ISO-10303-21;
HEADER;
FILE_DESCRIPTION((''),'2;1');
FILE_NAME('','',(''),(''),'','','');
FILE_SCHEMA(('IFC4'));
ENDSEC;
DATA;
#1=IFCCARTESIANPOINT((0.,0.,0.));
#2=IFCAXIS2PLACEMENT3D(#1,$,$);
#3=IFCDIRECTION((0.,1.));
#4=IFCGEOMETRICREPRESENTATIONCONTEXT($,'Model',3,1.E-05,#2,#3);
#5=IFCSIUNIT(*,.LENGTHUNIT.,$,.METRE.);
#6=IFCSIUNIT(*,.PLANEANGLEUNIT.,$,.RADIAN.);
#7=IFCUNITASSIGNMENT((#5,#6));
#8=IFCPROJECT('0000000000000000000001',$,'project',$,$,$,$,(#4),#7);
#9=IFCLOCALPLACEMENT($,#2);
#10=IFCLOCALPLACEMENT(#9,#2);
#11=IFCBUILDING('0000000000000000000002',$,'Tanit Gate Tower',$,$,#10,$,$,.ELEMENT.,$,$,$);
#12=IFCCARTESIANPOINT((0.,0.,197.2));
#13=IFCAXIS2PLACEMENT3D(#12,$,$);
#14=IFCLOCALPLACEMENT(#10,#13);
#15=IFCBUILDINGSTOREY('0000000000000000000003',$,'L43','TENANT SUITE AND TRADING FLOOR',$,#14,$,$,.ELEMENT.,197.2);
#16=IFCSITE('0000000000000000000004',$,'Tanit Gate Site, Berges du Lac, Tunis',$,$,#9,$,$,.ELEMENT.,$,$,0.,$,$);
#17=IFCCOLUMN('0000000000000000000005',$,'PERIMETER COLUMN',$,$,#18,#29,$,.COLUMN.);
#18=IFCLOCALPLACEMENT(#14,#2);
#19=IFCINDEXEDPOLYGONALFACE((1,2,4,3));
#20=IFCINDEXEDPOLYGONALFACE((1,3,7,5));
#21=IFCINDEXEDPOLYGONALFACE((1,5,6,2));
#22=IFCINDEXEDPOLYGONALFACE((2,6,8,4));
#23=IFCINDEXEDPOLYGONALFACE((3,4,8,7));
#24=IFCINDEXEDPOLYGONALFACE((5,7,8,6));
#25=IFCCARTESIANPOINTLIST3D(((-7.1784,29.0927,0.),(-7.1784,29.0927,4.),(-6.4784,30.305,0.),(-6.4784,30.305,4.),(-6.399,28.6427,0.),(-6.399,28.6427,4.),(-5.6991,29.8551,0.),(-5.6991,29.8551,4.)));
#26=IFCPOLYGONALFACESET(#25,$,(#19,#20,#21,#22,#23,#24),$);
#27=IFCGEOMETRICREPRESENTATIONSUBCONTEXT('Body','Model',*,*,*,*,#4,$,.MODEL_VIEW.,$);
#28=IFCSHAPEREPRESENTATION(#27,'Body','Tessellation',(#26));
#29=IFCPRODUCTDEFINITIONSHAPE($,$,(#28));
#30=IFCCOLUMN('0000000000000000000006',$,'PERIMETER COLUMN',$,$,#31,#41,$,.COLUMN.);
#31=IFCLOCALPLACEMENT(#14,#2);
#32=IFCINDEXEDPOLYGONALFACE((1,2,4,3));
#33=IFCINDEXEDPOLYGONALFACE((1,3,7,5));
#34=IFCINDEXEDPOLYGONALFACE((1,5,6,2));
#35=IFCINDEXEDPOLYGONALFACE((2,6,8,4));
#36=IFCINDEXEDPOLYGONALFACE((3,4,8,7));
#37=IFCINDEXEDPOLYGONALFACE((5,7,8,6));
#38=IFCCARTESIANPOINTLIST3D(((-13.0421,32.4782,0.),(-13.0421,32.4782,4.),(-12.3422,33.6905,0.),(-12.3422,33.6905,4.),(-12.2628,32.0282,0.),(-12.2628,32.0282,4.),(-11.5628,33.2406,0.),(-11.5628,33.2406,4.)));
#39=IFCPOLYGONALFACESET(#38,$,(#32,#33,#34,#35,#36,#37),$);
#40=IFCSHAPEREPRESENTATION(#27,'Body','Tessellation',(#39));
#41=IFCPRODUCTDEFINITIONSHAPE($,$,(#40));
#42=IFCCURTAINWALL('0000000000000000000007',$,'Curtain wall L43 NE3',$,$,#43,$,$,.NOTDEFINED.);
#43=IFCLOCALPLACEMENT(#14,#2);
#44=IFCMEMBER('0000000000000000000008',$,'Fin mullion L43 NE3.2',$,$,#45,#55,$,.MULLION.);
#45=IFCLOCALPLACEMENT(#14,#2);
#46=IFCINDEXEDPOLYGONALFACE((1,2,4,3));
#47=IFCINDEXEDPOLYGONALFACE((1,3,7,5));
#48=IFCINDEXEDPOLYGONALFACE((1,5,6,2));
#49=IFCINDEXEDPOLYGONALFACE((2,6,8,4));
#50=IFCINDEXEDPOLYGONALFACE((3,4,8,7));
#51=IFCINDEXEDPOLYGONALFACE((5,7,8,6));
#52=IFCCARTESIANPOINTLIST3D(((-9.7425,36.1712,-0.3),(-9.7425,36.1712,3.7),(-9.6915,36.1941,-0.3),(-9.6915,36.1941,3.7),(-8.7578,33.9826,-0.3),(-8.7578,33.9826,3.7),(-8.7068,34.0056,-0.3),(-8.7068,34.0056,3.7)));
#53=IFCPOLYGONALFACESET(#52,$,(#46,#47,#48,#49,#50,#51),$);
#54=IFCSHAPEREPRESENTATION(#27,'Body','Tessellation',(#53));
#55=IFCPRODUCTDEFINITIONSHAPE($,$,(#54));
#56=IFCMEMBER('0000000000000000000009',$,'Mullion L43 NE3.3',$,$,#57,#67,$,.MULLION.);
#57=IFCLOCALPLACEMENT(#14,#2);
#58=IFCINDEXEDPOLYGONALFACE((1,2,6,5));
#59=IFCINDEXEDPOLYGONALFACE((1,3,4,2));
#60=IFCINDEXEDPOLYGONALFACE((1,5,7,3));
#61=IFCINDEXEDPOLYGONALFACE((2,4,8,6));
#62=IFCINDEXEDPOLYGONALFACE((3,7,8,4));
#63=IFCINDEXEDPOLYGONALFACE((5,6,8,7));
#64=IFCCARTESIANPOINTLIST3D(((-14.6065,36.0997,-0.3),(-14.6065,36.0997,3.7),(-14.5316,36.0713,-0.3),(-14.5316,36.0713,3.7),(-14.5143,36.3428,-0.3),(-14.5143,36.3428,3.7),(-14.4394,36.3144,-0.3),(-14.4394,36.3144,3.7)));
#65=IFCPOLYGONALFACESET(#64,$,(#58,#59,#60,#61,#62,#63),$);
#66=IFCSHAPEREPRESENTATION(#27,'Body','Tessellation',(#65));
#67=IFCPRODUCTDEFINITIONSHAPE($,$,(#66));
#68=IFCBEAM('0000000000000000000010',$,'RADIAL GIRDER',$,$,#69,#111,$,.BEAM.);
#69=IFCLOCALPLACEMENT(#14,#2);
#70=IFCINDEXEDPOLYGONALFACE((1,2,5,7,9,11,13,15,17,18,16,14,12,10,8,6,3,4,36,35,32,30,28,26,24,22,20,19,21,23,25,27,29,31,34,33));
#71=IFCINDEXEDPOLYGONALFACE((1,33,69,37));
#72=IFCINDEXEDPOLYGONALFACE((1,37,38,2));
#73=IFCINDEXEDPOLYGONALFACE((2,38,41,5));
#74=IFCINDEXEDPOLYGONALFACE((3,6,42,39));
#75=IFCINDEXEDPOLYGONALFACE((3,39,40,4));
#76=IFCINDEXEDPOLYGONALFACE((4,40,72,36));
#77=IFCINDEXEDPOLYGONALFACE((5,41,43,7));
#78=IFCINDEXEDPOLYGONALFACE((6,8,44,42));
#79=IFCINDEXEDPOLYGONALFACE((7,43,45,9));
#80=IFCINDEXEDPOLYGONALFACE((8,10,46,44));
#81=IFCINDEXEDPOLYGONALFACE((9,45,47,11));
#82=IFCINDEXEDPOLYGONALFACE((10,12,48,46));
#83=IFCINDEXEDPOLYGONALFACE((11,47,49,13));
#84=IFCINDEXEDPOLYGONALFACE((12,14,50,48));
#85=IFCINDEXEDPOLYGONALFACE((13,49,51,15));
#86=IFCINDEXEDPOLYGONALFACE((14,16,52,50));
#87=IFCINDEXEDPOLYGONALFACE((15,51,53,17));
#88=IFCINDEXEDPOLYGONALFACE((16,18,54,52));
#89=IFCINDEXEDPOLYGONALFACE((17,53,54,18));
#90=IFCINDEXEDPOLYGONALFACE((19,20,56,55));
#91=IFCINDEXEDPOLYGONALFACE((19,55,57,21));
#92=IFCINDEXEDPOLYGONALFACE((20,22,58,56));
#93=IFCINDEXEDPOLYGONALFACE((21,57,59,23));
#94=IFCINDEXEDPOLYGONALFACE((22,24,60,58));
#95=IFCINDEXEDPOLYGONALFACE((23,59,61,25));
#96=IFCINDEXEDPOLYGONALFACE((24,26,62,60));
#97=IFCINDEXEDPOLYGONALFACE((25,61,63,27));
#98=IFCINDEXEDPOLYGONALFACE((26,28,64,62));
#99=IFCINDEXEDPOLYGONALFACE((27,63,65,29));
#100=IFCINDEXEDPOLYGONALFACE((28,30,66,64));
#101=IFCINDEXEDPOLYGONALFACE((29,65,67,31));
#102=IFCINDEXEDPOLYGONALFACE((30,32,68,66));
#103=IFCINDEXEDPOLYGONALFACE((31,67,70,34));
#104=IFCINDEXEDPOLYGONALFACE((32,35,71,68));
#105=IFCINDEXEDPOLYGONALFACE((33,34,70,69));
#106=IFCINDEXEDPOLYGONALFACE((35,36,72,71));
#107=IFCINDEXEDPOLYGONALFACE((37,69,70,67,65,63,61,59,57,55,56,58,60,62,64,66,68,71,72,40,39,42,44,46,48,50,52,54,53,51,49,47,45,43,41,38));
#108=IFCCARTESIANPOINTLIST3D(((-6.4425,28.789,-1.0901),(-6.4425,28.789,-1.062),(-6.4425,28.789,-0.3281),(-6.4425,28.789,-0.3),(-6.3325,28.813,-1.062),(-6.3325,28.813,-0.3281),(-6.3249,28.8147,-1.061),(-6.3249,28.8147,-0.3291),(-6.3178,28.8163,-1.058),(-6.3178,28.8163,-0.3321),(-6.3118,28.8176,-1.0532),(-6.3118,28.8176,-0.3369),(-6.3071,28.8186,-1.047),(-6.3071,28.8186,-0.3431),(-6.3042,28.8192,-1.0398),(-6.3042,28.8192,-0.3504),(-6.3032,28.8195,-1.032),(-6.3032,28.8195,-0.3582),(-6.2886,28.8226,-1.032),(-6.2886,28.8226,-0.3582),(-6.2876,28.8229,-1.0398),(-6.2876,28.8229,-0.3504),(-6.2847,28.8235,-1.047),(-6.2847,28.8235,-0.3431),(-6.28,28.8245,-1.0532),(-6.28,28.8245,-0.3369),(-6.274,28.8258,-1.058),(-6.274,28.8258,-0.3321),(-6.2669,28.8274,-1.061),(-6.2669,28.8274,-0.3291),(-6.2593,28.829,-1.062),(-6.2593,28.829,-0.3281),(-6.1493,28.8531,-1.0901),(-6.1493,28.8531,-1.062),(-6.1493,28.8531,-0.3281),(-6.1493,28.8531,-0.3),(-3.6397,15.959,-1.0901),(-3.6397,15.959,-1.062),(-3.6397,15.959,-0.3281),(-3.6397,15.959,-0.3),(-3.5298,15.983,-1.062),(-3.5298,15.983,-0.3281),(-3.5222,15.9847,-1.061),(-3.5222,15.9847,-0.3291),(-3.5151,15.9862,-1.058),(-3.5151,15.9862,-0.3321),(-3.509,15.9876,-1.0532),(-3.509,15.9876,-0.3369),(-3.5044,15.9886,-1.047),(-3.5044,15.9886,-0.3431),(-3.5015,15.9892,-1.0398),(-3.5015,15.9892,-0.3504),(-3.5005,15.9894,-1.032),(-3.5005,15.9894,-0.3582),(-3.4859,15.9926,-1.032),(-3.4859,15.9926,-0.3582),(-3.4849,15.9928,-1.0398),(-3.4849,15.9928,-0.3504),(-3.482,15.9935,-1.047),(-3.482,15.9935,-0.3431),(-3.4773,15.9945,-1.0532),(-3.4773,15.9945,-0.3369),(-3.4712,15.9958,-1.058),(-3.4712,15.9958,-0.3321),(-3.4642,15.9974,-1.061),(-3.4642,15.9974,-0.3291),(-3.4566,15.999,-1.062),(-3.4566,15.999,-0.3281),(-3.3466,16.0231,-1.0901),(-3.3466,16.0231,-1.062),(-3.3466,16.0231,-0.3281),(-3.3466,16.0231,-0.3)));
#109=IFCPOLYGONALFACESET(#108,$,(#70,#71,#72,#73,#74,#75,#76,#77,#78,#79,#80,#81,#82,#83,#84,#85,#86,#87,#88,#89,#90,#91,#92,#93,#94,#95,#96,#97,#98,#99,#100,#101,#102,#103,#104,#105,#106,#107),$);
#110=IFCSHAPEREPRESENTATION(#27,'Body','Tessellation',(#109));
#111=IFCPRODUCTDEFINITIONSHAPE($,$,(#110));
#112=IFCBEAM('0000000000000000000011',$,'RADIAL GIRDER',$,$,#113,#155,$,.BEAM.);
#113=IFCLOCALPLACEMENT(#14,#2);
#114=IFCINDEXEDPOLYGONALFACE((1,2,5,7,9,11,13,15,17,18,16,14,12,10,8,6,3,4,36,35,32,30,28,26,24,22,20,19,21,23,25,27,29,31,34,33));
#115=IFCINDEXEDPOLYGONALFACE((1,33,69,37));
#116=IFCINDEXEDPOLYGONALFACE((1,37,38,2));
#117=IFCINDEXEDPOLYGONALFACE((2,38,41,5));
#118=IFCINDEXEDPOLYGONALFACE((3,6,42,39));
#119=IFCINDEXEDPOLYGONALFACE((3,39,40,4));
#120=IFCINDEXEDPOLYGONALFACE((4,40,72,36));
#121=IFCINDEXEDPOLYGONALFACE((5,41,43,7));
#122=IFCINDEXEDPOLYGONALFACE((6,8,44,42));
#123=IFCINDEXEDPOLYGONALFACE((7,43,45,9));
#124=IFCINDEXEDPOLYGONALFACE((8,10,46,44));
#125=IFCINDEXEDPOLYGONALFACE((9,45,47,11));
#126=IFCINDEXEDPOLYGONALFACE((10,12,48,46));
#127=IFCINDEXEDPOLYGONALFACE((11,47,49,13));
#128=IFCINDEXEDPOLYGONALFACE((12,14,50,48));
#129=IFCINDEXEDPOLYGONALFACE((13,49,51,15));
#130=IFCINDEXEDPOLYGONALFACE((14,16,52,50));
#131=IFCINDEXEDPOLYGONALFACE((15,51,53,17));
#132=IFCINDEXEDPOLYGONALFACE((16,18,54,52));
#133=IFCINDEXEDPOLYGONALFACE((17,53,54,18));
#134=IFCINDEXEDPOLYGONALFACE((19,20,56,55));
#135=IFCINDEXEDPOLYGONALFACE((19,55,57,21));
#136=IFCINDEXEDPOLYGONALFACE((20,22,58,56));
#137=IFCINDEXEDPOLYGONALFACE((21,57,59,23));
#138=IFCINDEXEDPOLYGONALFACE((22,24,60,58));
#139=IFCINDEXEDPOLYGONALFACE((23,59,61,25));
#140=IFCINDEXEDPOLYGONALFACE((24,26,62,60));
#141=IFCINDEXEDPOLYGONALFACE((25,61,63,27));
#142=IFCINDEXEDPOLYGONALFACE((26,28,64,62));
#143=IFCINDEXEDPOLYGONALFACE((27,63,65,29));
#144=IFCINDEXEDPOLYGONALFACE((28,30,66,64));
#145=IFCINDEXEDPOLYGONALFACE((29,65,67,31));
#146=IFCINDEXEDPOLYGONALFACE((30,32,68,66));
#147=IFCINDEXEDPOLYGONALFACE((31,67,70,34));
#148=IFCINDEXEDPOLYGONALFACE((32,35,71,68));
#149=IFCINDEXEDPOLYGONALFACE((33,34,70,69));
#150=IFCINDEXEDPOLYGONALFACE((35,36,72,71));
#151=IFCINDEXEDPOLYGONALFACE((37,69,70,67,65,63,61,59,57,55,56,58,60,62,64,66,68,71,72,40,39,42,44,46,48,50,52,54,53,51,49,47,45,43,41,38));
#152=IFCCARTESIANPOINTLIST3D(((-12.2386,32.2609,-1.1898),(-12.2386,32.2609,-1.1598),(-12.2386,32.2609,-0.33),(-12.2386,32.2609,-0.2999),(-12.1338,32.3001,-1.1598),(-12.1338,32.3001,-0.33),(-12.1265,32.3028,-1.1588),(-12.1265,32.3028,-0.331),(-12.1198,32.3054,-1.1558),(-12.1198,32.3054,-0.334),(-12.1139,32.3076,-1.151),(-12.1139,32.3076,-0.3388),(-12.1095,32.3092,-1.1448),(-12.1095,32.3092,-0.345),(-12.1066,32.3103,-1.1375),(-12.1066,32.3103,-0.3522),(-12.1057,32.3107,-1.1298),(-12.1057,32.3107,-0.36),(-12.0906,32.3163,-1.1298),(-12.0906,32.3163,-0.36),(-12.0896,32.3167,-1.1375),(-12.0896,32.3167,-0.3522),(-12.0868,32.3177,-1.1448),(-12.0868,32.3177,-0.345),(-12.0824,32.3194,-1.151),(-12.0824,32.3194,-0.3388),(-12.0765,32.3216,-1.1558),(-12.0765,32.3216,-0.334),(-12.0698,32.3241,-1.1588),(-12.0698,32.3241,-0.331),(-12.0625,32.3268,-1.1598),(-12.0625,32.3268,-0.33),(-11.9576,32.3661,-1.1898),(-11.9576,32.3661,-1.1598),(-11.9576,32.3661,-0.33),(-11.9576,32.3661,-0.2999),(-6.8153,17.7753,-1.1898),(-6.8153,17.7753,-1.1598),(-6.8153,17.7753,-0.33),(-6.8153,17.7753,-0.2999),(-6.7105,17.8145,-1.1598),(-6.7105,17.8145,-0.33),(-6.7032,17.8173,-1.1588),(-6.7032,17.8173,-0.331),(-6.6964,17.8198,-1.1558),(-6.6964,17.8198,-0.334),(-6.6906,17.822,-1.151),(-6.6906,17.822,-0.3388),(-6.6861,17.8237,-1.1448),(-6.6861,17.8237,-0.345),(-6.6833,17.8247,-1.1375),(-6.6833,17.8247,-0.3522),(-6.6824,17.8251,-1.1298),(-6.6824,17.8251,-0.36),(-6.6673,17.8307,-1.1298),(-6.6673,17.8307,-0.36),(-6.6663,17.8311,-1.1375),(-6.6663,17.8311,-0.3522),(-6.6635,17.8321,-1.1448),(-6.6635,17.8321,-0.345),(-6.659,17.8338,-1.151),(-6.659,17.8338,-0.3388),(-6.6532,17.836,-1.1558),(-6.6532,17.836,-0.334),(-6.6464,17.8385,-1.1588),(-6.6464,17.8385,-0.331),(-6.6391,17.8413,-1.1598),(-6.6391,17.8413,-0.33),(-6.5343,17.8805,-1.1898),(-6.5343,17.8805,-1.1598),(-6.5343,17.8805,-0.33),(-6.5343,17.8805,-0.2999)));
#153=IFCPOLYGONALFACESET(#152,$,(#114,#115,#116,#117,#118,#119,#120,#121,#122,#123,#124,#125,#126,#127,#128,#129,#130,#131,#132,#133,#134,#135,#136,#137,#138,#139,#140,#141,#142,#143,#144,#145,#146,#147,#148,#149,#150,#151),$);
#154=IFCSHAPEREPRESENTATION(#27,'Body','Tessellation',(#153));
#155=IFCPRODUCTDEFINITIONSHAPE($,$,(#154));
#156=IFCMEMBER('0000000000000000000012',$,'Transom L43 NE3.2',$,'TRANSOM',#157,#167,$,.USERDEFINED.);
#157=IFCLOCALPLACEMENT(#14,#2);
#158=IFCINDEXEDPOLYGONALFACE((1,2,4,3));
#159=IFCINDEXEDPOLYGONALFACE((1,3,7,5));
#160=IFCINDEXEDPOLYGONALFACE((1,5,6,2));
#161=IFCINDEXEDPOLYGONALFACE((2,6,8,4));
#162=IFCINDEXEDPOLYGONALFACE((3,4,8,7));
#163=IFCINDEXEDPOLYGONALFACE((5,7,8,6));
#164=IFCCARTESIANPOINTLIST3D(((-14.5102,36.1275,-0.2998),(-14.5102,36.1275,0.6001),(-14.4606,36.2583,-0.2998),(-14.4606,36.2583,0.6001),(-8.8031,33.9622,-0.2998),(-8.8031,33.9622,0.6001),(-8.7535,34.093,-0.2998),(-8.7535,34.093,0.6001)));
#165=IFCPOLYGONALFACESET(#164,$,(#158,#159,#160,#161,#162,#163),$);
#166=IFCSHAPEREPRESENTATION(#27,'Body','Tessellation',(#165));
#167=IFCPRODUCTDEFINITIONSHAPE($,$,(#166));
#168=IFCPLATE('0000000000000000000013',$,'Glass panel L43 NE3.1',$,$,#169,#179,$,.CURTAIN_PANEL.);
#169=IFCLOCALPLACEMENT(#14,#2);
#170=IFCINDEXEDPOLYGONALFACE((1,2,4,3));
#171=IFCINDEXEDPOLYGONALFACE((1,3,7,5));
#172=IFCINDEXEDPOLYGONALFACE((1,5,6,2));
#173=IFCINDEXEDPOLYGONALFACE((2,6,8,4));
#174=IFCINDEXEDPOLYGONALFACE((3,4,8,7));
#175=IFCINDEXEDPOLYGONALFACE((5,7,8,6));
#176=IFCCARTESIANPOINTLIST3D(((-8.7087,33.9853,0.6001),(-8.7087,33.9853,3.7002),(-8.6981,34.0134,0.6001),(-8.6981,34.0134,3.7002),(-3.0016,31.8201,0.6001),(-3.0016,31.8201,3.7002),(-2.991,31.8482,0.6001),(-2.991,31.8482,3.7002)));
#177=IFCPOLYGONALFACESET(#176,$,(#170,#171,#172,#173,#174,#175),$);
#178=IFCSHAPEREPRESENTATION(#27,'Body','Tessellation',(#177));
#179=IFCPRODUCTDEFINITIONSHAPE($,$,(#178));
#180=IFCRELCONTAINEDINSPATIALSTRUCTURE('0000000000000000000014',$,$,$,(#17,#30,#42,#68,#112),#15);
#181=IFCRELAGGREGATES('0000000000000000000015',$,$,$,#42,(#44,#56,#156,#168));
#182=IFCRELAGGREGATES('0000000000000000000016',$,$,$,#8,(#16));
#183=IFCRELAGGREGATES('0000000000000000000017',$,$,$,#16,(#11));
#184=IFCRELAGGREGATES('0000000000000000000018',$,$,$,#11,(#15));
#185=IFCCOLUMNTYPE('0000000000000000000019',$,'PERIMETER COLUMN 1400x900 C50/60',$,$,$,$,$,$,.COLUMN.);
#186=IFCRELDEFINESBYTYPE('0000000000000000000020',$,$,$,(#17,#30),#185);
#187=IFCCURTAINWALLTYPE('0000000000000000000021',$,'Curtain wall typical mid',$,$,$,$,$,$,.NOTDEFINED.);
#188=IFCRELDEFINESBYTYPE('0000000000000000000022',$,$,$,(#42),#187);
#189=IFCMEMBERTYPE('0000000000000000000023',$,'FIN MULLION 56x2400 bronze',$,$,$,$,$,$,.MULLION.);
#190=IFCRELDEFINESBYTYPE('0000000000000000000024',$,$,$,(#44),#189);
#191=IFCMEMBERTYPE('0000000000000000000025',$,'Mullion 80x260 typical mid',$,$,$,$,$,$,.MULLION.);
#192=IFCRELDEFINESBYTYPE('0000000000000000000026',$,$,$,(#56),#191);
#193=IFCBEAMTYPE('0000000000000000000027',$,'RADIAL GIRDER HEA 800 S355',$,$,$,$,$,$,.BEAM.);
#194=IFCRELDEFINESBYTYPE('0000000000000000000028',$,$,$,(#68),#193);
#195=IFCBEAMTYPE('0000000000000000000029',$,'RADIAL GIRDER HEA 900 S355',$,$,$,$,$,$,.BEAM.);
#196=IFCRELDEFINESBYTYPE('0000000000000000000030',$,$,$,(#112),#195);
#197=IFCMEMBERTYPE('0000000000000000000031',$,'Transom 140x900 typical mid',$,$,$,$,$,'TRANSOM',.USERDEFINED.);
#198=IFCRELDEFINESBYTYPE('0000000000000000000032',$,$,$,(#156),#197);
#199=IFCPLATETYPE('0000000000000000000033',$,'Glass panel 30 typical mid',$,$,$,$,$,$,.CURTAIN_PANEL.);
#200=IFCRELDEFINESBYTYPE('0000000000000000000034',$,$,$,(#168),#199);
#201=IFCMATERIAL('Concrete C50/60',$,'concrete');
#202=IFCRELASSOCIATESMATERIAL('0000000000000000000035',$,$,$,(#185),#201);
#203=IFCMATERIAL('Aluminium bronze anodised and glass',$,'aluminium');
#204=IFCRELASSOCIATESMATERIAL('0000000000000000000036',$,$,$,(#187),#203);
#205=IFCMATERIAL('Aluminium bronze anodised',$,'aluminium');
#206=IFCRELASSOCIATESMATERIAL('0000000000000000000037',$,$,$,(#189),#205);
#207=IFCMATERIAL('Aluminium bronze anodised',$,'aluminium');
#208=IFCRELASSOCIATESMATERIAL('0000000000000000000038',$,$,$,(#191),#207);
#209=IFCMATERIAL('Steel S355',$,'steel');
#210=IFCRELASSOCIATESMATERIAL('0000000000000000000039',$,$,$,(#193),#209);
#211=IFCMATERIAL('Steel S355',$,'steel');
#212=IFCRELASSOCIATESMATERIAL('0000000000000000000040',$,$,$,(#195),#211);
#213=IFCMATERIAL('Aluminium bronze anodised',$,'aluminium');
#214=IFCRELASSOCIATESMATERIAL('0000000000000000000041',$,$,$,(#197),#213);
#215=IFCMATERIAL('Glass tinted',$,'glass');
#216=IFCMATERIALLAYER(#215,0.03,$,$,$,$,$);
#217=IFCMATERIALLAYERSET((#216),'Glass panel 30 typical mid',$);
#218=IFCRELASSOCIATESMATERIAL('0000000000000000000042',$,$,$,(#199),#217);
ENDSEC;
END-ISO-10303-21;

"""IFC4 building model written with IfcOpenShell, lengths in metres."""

from ifc_helpers import new_model, si_unit, direction, frame, origin, origin_2d, place, context, subcontext, project, spatial, rectangle, i_section, extrude, material, layer, layer_set, material_profile, profile_set, type_object, element, aggregate, save


model = new_model("IFC4")

# Units and contexts
model_context = context("Model", 3, precision=1e-05, world=origin(), true_north=direction((0.0, 1.0)))
body_context = subcontext(model_context, "Body", "Model", "MODEL_VIEW")
ifc_project = project(units=[si_unit("LENGTHUNIT", "METRE"), si_unit("PLANEANGLEUNIT", "RADIAN")], contexts=[model_context])

# Site, building, storey
site_placement = place(None, origin())
site = spatial("IfcSite", under=ifc_project, at=site_placement, Name="Tanit Gate Site, Berges du Lac, Tunis", CompositionType="ELEMENT", RefElevation=0.0)
building_placement = place(site_placement, origin())
building = spatial("IfcBuilding", under=site, at=building_placement, Name="Tanit Gate Tower", CompositionType="ELEMENT")
storey_placement = place(building_placement, frame((0.0, 0.0, 197.2)))
storey = spatial("IfcBuildingStorey", under=building, at=storey_placement, Name="L43", Description="TENANT SUITE AND TRADING FLOOR", CompositionType="ELEMENT", Elevation=197.2)

# Columns
ifc_material_1 = material(Name="Concrete C50/60", Category="concrete")
ifc_material_profile_1 = material_profile(ifc_material_1, rectangle(XDim=1.3999, YDim=0.8999, at=origin_2d()), Name="RC 1400x900")
ifc_profile_set_1 = profile_set([ifc_material_profile_1], Name="Concrete C50/60")
column_type = type_object("IfcColumnType", Name="PERIMETER COLUMN 1400x900 C50/60", PredefinedType="COLUMN", material=ifc_profile_set_1)
for number, where, z_axis, x_axis, name in (
    (1, (-6.4387, 29.4739, 0.0), (0.0, 0.0, 1.0), (0.5, 0.866025, 0.0), "PERIMETER COLUMN"),
    (2, (-12.3025, 32.8594, 0.0), (0.0, 0.0, 1.0), (0.5, 0.866025, 0.0), "PERIMETER COLUMN"),
):
    element("IfcColumn", number, at=place(storey_placement, frame(where, z_axis=z_axis, x_axis=x_axis)), inside=storey, type_object=column_type, Name=name, PredefinedType="COLUMN", context=body_context, shape_type="SweptSolid", body=[
        extrude(rectangle(XDim=1.3999, YDim=0.8999, at=origin_2d()), origin(), (0.0, 0.0, 1.0), 4.0),
    ])

# Curtain wall, members
ifc_material_2 = material(Name="Aluminium bronze anodised and glass", Category="aluminium")
curtain_wall_type = type_object("IfcCurtainWallType", Name="Curtain wall typical mid", PredefinedType="NOTDEFINED", material=ifc_material_2)
curtain_wall_placement = place(storey_placement, origin())
curtain_wall = element("IfcCurtainWall", 3, at=curtain_wall_placement, inside=storey, type_object=curtain_wall_type, Name="Curtain wall L43 NE3", PredefinedType="NOTDEFINED")
ifc_material_3 = material(Name="Aluminium bronze anodised", Category="aluminium")
ifc_material_profile_2 = material_profile(ifc_material_3, rectangle(XDim=2.3999, YDim=0.0559, at=origin_2d()), Name="56x2400 bronze fin mullion")
ifc_profile_set_2 = profile_set([ifc_material_profile_2], Name="Aluminium bronze anodised")
member_type_1 = type_object("IfcMemberType", Name="FIN MULLION 56x2400 bronze", PredefinedType="MULLION", material=ifc_profile_set_2)
member_1_placement = place(storey_placement, frame((-9.2246, 35.0884, -0.3), z_axis=(0.0, 0.0, 1.0), x_axis=(0.41031, -0.911946, 0.0)))
member_1 = element("IfcMember", 4, at=member_1_placement, type_object=member_type_1, Name="Fin mullion L43 NE3.2", PredefinedType="MULLION", context=body_context, shape_type="SweptSolid", body=[
    extrude(rectangle(XDim=2.3999, YDim=0.0559, at=origin_2d()), origin(), (0.0, 0.0, 1.0), 4.0),
])
ifc_material_4 = material(Name="Aluminium bronze anodised", Category="aluminium")
ifc_material_profile_3 = material_profile(ifc_material_4, rectangle(XDim=0.26, YDim=0.0801, at=origin_2d()), Name="80x260 bronze mullion")
ifc_profile_set_3 = profile_set([ifc_material_profile_3], Name="Aluminium bronze anodised")
member_type_2 = type_object("IfcMemberType", Name="Mullion 80x260 typical mid", PredefinedType="MULLION", material=ifc_profile_set_3)
member_2_placement = place(storey_placement, frame((-14.5229, 36.207, -0.3), z_axis=(0.0, 0.0, 1.0), x_axis=(-0.35471, -0.934976, 0.0)))
member_2 = element("IfcMember", 5, at=member_2_placement, type_object=member_type_2, Name="Mullion L43 NE3.3", PredefinedType="MULLION", context=body_context, shape_type="SweptSolid", body=[
    extrude(rectangle(XDim=0.26, YDim=0.0801, at=origin_2d()), origin(), (0.0, 0.0, 1.0), 4.0),
])

# Beams
ifc_material_5 = material(Name="Steel S355", Category="steel")
ifc_material_profile_4 = material_profile(ifc_material_5, i_section(OverallWidth=0.3, OverallDepth=0.79, WebThickness=0.0149, FlangeThickness=0.0281, FilletRadius=0.03, at=origin_2d()), Name="HEA 800")
ifc_profile_set_4 = profile_set([ifc_material_profile_4], Name="Steel S355")
beam_type_1 = type_object("IfcBeamType", Name="RADIAL GIRDER HEA 800 S355", PredefinedType="BEAM", material=ifc_profile_set_4)
beam_1_placement = place(storey_placement, frame((-6.2959, 28.821, -0.6951), z_axis=(0.213417, -0.976961, 0.0), x_axis=(0.976961, 0.213417, 0.0)))
element("IfcBeam", 6, at=beam_1_placement, inside=storey, type_object=beam_type_1, Name="RADIAL GIRDER", PredefinedType="BEAM", context=body_context, shape_type="SweptSolid", body=[
    extrude(i_section(OverallWidth=0.3, OverallDepth=0.79, WebThickness=0.0149, FlangeThickness=0.0281, FilletRadius=0.03, at=origin_2d()), origin(), (0.0, 0.0, 1.0), 13.1326),
])
ifc_material_6 = material(Name="Steel S355", Category="steel")
ifc_material_profile_5 = material_profile(ifc_material_6, i_section(OverallWidth=0.3, OverallDepth=0.8899, WebThickness=0.0161, FlangeThickness=0.03, FilletRadius=0.03, at=origin_2d()), Name="HEA 900")
ifc_profile_set_5 = profile_set([ifc_material_profile_5], Name="Steel S355")
beam_type_2 = type_object("IfcBeamType", Name="RADIAL GIRDER HEA 900 S355", PredefinedType="BEAM", material=ifc_profile_set_5)
beam_2_placement = place(storey_placement, frame((-12.0981, 32.3135, -0.7449), z_axis=(0.350627, -0.936515, 0.0), x_axis=(0.936515, 0.350627, 0.0)))
element("IfcBeam", 7, at=beam_2_placement, inside=storey, type_object=beam_type_2, Name="RADIAL GIRDER", PredefinedType="BEAM", context=body_context, shape_type="SweptSolid", body=[
    extrude(i_section(OverallWidth=0.3, OverallDepth=0.8899, WebThickness=0.0161, FlangeThickness=0.03, FilletRadius=0.03, at=origin_2d()), origin(), (0.0, 0.0, 1.0), 15.4675),
])

# Member
ifc_material_7 = material(Name="Aluminium bronze anodised", Category="aluminium")
ifc_material_profile_6 = material_profile(ifc_material_7, rectangle(XDim=0.1399, YDim=0.8999, at=origin_2d()), Name="140x900 bronze transom")
ifc_profile_set_6 = profile_set([ifc_material_profile_6], Name="Aluminium bronze anodised")
member_type_3 = type_object("IfcMemberType", Name="Transom 140x900 typical mid", ElementType="TRANSOM", PredefinedType="USERDEFINED", material=ifc_profile_set_6)
member_3_placement = place(storey_placement, frame((-8.7783, 34.0276, 0.1501), z_axis=(-0.934968, 0.354733, 0.0), x_axis=(-0.354733, -0.934968, 0.0)))
member_3 = element("IfcMember", 8, at=member_3_placement, type_object=member_type_3, Name="Transom L43 NE3.2", ObjectType="TRANSOM", PredefinedType="USERDEFINED", context=body_context, shape_type="SweptSolid", body=[
    extrude(rectangle(XDim=0.1399, YDim=0.8999, at=origin_2d()), origin(), (0.0, 0.0, 1.0), 6.104),
])

# Plate
ifc_material_8 = material(Name="Glass tinted", Category="glass")
ifc_layer_1 = layer(ifc_material_8, 0.03)
ifc_layer_set_1 = layer_set([ifc_layer_1], Name="Glass panel 30 typical mid")
plate_type = type_object("IfcPlateType", Name="Glass panel 30 typical mid", PredefinedType="CURTAIN_PANEL", material=ifc_layer_set_1)
plate_1_placement = place(storey_placement, frame((-5.8499, 32.9167, 0.6001), z_axis=(0.0, 0.0, 1.0), x_axis=(-0.934976, 0.35471, 0.0)))
plate_1 = element("IfcPlate", 9, at=plate_1_placement, type_object=plate_type, Name="Glass panel L43 NE3.1", PredefinedType="CURTAIN_PANEL", context=body_context, shape_type="SweptSolid", body=[
    extrude(rectangle(XDim=6.104, YDim=0.03, at=origin_2d()), origin(), (0.0, 0.0, 1.0), 3.1001),
])
aggregate(curtain_wall, [member_1, member_2, member_3, plate_1])

save(model, "model.ifc")
